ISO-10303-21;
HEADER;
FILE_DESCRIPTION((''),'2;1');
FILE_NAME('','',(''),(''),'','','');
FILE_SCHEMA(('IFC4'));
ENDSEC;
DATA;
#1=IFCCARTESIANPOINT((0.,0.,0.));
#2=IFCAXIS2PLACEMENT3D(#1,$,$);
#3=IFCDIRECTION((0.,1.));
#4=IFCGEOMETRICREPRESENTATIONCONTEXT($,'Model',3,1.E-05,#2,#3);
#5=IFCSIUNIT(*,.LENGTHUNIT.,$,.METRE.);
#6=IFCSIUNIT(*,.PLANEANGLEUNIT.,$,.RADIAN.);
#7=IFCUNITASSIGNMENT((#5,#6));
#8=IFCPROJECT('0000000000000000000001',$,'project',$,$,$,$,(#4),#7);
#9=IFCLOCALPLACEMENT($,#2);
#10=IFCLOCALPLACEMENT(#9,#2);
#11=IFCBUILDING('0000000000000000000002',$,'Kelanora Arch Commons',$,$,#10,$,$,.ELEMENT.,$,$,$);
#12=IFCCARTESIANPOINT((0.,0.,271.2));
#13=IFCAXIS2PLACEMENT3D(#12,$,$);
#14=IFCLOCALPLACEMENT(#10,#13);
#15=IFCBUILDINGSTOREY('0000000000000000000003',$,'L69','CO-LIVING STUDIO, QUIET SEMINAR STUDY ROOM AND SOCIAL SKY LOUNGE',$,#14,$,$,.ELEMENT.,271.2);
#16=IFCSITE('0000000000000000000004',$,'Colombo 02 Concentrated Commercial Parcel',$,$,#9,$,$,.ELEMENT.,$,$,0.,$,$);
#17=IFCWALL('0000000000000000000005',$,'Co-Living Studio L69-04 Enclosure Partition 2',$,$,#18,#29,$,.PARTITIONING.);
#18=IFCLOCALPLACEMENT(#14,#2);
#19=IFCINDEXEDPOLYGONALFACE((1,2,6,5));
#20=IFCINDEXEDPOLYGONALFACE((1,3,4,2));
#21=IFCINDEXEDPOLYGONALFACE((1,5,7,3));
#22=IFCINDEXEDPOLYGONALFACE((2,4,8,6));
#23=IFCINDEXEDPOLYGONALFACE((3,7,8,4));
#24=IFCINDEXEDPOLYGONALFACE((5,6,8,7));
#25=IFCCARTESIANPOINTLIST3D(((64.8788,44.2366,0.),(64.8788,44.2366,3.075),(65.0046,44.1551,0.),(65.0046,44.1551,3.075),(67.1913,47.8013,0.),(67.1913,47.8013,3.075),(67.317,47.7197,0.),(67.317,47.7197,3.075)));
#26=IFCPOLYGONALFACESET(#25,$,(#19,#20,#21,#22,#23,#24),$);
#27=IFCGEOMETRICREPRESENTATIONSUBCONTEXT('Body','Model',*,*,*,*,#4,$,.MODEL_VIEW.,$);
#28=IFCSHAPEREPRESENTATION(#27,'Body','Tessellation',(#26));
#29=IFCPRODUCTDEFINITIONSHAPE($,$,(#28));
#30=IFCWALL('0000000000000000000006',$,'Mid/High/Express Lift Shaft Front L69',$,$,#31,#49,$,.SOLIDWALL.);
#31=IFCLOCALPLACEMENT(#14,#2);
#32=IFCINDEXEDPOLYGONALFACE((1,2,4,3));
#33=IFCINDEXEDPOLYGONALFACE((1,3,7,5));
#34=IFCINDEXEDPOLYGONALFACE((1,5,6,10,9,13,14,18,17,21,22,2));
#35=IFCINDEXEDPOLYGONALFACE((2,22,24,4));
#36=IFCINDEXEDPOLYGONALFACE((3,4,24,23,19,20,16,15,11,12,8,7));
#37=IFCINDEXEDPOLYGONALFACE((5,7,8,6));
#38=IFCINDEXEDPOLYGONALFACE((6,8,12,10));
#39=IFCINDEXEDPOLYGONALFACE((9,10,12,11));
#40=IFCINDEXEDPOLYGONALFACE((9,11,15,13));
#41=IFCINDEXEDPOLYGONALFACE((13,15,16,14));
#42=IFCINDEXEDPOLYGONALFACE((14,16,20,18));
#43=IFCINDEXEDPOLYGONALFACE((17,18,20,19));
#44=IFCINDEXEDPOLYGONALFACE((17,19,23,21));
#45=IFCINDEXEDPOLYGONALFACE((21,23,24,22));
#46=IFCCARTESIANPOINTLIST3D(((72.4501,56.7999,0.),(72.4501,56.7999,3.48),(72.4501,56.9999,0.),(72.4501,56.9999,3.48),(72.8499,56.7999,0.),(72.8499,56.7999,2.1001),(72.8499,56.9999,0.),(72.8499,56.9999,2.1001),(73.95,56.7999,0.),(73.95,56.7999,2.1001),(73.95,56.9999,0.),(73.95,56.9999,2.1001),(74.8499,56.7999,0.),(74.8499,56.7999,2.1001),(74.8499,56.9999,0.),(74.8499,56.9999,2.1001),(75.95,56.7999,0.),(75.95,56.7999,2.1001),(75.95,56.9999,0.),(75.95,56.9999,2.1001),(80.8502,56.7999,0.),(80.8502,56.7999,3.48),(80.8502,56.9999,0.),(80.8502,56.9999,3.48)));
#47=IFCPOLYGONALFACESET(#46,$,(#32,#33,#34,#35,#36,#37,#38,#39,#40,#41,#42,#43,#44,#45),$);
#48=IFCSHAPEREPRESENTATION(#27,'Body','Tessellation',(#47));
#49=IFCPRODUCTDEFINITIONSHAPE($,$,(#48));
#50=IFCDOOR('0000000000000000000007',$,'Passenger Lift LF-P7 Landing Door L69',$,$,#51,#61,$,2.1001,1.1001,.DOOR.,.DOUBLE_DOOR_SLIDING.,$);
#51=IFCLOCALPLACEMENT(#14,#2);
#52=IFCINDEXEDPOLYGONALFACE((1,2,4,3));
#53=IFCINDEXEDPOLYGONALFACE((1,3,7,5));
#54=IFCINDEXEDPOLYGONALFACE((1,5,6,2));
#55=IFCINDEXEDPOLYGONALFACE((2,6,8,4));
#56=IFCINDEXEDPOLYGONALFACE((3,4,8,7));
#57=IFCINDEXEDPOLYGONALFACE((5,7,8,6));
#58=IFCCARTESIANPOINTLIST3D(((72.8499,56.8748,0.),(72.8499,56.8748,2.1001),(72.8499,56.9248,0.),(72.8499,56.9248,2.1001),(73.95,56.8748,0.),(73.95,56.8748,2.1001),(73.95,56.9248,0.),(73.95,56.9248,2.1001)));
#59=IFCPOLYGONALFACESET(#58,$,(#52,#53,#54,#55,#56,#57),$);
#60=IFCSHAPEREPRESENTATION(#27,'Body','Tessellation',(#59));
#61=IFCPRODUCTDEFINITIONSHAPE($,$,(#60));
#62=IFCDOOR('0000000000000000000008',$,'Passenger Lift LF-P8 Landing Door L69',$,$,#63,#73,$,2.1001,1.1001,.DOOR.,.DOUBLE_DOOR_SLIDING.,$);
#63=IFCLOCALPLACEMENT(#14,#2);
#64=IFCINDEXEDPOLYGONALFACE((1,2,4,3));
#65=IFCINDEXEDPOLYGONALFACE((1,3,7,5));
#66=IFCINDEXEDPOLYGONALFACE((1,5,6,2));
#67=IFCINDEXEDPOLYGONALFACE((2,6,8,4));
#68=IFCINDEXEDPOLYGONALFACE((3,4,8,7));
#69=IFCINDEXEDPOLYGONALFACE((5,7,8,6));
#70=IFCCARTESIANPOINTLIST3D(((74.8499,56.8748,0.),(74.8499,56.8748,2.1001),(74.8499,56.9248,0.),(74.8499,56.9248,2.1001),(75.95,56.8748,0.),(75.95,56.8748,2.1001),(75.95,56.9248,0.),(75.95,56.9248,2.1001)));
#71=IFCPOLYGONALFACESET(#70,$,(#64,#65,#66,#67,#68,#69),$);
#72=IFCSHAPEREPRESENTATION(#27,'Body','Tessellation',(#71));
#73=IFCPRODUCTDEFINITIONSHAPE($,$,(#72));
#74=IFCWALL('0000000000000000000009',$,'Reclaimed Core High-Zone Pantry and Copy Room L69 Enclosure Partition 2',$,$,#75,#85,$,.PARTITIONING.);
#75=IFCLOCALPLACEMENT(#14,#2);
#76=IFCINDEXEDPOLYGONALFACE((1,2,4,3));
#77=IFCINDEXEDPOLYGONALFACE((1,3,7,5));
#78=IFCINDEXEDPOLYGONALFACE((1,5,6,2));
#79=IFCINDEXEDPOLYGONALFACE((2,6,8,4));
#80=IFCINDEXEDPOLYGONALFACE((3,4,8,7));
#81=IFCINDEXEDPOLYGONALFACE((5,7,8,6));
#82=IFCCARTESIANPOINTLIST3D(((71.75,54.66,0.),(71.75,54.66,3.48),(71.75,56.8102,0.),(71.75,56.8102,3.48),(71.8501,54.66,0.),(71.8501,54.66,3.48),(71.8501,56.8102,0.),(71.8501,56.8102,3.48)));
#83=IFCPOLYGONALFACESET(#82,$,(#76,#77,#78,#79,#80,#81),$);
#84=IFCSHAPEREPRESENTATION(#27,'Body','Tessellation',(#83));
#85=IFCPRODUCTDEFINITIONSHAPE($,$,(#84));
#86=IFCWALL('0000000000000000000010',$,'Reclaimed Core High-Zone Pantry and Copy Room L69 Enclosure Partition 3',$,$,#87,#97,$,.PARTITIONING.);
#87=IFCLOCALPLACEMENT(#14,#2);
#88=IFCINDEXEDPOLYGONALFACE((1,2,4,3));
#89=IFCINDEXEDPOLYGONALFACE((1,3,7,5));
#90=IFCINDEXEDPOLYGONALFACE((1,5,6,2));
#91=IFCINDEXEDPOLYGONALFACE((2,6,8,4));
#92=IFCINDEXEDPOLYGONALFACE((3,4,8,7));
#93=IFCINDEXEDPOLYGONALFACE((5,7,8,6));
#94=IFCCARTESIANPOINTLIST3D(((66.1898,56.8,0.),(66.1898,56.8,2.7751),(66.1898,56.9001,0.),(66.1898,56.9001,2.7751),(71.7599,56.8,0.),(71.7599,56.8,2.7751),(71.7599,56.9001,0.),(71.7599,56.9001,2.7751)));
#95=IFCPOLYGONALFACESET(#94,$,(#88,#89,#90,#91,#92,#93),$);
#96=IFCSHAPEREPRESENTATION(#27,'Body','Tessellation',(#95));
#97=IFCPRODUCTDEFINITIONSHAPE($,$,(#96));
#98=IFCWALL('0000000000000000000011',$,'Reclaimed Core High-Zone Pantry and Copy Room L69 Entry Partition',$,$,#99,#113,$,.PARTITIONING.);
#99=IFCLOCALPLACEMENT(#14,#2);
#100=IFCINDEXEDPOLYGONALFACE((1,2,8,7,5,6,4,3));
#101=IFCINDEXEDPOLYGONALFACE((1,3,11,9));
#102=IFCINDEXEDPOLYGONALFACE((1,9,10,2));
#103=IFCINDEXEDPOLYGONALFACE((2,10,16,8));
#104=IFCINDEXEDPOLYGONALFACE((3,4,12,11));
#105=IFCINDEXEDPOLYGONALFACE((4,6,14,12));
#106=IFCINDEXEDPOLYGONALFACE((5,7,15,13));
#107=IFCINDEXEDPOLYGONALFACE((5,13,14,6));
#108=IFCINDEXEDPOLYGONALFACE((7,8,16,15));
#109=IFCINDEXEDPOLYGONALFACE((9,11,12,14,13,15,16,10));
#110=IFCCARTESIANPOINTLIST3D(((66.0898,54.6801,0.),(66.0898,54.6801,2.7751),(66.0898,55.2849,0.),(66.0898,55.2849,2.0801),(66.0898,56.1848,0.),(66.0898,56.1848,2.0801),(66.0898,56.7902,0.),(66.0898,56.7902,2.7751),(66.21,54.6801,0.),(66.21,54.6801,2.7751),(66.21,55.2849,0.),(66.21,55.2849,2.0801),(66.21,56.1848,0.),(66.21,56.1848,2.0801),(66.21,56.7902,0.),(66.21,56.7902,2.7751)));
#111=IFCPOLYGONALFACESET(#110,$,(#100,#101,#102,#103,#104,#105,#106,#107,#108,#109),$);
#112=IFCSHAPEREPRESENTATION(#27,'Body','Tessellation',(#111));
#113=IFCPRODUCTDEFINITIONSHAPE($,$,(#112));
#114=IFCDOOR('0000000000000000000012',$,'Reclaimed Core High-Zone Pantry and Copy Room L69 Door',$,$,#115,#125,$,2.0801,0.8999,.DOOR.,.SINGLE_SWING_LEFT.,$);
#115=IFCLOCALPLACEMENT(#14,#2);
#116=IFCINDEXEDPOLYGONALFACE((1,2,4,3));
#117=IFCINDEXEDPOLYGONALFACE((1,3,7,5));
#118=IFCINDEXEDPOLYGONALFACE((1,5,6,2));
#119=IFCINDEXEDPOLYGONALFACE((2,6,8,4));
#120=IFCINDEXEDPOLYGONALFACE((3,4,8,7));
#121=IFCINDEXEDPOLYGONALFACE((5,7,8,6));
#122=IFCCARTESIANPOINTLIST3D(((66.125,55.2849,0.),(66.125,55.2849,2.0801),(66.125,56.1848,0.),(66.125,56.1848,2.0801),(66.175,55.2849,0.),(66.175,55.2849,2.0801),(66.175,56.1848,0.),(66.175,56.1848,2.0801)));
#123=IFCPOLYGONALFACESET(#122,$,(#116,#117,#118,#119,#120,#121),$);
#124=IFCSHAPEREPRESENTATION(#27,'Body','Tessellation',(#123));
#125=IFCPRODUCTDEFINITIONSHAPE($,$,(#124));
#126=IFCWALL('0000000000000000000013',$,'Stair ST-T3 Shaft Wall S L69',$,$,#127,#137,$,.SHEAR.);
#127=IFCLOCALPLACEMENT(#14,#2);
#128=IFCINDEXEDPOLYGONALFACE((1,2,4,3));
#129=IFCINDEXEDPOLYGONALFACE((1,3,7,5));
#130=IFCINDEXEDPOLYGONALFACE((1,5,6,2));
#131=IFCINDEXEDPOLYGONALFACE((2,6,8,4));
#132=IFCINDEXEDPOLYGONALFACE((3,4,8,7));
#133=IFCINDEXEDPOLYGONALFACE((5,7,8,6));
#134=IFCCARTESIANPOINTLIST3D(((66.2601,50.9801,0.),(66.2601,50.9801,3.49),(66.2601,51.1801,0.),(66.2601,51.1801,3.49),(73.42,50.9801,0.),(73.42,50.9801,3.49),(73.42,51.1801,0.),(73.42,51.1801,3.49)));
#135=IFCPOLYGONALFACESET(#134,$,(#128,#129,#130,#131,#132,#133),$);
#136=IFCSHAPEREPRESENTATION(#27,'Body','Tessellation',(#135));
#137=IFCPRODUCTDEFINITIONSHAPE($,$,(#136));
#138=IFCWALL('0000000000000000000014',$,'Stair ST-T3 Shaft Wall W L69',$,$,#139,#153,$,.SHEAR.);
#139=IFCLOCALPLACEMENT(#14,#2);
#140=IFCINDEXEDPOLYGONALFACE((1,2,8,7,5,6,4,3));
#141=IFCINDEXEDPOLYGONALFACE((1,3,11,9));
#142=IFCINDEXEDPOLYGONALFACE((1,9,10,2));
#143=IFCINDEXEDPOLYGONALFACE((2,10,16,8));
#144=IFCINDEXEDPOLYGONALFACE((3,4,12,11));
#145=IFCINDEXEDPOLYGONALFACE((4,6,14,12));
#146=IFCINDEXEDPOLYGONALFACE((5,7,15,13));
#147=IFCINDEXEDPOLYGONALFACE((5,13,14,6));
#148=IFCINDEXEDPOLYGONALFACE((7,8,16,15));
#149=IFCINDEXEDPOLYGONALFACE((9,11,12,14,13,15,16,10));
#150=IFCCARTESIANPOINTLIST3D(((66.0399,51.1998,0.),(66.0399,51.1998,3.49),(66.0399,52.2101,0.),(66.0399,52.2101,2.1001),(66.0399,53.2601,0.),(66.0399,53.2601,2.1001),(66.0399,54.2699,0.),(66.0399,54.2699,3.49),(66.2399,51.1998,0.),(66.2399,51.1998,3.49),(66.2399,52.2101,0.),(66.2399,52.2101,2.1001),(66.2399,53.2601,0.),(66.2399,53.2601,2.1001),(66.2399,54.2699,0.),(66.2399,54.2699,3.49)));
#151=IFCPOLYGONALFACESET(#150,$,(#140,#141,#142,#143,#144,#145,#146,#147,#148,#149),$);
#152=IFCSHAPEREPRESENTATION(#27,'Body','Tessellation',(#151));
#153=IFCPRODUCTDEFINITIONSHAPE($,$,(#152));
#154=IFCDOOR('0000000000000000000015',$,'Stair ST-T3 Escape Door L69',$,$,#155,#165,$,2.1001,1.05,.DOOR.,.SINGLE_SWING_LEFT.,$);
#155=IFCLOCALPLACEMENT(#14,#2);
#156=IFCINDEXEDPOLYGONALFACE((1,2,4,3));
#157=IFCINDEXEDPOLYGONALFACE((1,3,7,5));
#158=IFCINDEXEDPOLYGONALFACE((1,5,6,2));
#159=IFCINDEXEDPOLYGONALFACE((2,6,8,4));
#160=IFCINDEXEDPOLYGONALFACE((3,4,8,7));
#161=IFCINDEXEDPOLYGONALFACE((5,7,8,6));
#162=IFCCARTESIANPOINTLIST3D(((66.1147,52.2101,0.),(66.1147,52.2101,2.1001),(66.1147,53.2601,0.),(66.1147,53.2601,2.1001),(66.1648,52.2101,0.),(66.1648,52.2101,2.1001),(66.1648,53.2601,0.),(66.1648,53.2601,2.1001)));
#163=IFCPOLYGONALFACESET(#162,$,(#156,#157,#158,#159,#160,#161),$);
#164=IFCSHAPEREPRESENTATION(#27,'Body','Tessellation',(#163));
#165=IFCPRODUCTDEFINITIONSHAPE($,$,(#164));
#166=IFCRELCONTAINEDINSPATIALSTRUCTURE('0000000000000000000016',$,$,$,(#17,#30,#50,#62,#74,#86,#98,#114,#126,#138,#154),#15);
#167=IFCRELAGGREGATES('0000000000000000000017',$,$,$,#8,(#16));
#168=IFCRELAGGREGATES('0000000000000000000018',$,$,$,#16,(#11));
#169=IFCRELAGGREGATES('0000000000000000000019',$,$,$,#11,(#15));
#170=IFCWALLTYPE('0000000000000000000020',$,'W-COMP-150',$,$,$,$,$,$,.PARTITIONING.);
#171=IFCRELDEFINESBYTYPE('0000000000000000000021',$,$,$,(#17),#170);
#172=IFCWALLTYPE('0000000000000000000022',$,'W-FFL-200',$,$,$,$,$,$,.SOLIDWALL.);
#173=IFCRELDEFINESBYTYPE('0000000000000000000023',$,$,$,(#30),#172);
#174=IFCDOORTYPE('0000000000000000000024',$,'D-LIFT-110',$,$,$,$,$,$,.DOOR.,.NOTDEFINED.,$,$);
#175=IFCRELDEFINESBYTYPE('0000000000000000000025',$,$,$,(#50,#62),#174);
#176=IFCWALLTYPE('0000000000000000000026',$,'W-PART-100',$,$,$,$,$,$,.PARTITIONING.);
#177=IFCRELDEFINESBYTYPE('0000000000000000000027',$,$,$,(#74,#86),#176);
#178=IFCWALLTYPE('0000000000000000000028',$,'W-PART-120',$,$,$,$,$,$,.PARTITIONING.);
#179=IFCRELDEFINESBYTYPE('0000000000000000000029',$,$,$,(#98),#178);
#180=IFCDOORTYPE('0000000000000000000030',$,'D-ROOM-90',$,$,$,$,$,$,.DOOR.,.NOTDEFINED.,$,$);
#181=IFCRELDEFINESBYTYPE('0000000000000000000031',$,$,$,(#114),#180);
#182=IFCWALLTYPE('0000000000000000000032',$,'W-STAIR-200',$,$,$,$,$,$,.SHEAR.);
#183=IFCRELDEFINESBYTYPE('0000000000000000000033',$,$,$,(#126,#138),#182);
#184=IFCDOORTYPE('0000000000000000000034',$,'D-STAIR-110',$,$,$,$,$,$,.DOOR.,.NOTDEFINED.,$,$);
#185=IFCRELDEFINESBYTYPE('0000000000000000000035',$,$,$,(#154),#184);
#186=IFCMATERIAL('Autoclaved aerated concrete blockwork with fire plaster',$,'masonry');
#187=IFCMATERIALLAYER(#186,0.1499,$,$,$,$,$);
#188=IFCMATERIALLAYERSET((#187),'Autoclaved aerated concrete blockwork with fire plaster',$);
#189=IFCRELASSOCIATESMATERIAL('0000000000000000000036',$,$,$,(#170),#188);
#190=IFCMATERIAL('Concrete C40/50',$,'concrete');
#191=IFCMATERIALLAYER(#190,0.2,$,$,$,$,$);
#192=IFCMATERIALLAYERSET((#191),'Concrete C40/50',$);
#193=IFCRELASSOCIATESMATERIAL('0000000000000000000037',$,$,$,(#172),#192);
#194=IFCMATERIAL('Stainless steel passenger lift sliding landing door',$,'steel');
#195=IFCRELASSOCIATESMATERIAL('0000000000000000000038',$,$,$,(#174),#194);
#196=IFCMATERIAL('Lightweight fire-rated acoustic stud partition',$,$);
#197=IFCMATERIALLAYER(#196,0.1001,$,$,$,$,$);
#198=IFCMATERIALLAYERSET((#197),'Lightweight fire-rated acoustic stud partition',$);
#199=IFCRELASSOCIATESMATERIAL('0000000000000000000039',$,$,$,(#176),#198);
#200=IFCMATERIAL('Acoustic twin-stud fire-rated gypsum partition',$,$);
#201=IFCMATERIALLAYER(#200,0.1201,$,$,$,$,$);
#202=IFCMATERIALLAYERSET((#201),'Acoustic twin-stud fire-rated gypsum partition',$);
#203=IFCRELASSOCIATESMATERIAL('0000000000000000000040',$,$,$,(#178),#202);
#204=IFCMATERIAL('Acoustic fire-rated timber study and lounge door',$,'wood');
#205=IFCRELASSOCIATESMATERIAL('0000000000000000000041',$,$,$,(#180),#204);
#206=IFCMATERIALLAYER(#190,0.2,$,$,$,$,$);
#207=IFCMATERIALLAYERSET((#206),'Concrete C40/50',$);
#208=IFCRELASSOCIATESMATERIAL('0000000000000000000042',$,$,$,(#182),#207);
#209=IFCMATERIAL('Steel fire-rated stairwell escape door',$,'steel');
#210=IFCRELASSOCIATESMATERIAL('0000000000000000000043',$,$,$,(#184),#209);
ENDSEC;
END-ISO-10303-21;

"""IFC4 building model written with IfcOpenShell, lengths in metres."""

from ifc_helpers import new_model, si_unit, direction, frame, frame_2d, origin, place, context, subcontext, project, spatial, rectangle, extrude, material, layer, layer_set, type_object, element, fill, save


model = new_model("IFC4")

# Units and contexts
model_context = context("Model", 3, precision=1e-05, world=origin(), true_north=direction((0.0, 1.0)))
body_context = subcontext(model_context, "Body", "Model", "MODEL_VIEW")
ifc_project = project(units=[si_unit("LENGTHUNIT", "METRE"), si_unit("PLANEANGLEUNIT", "RADIAN")], contexts=[model_context])

# Site, building, storey
site_placement = place(None, origin())
site = spatial("IfcSite", under=ifc_project, at=site_placement, Name="Colombo 02 Concentrated Commercial Parcel", CompositionType="ELEMENT", RefElevation=0.0)
building_placement = place(site_placement, origin())
building = spatial("IfcBuilding", under=site, at=building_placement, Name="Kelanora Arch Commons", CompositionType="ELEMENT")
storey_placement = place(building_placement, frame((0.0, 0.0, 271.2)))
storey = spatial("IfcBuildingStorey", under=building, at=storey_placement, Name="L69", Description="CO-LIVING STUDIO, QUIET SEMINAR STUDY ROOM AND SOCIAL SKY LOUNGE", CompositionType="ELEMENT", Elevation=271.2)

# Shared definitions
ifc_material_1 = material(Name="Autoclaved aerated concrete blockwork with fire plaster", Category="masonry")
ifc_layer_1 = layer(ifc_material_1, 0.1499)
ifc_layer_set_1 = layer_set([ifc_layer_1], Name="Autoclaved aerated concrete blockwork with fire plaster")
wall_type_1 = type_object("IfcWallType", Name="W-COMP-150", PredefinedType="PARTITIONING", material=ifc_layer_set_1)

# Wall
wall_1_placement = place(storey_placement, frame((67.2542, 47.7605, 0.0), z_axis=(0.0, 0.0, 1.0), x_axis=(-0.544235, -0.838933, 0.0)))
element("IfcWall", 1, at=wall_1_placement, inside=storey, type_object=wall_type_1, Name="Co-Living Studio L69-04 Enclosure Partition 2", PredefinedType="PARTITIONING", context=body_context, shape_type="SweptSolid", body=[
    extrude(rectangle(XDim=4.249, YDim=0.1499, at=frame_2d((2.1245, 0.0))), origin(), (0.0, 0.0, 1.0), 3.075),
])

# Wall, openings, doors
ifc_material_2 = material(Name="Concrete C40/50", Category="concrete")
ifc_layer_2 = layer(ifc_material_2, 0.2)
ifc_layer_set_2 = layer_set([ifc_layer_2], Name="Concrete C40/50")
wall_type_2 = type_object("IfcWallType", Name="W-FFL-200", PredefinedType="SOLIDWALL", material=ifc_layer_set_2)
wall_2_placement = place(storey_placement, frame((72.45, 56.8999, 0.0), z_axis=(0.0, 0.0, 1.0), x_axis=(1.0, 0.0, 0.0)))
wall_2 = element("IfcWall", 2, at=wall_2_placement, inside=storey, type_object=wall_type_2, Name="Mid/High/Express Lift Shaft Front L69", PredefinedType="SOLIDWALL", context=body_context, shape_type="SweptSolid", body=[
    extrude(rectangle(XDim=8.4001, YDim=0.2, at=frame_2d((4.2002, 0.0))), origin(), (0.0, 0.0, 1.0), 3.48),
])
opening_1_placement = place(wall_2_placement, frame((0.3999, 0.0, 0.0)))
opening_1 = element("IfcOpeningElement", 3, at=opening_1_placement, cuts=wall_2, PredefinedType="OPENING", context=body_context, shape_type="SweptSolid", body=[
    extrude(rectangle(XDim=1.1001, YDim=2.1001, at=frame_2d((0.55, 1.05))), frame((0.0, 0.1099, 0.0), z_axis=(0.0, -1.0, 0.0), x_axis=(1.0, 0.0, 0.0)), (0.0, 0.0, 1.0), 0.22),
])
opening_2_placement = place(wall_2_placement, frame((2.3999, 0.0, 0.0)))
opening_2 = element("IfcOpeningElement", 4, at=opening_2_placement, cuts=wall_2, PredefinedType="OPENING", context=body_context, shape_type="SweptSolid", body=[
    extrude(rectangle(XDim=1.1001, YDim=2.1001, at=frame_2d((0.55, 1.05))), frame((0.0, 0.1099, 0.0), z_axis=(0.0, -1.0, 0.0), x_axis=(1.0, 0.0, 0.0)), (0.0, 0.0, 1.0), 0.22),
])
ifc_material_3 = material(Name="Stainless steel passenger lift sliding landing door", Category="steel")
door_type_1 = type_object("IfcDoorType", Name="D-LIFT-110", OperationType="NOTDEFINED", PredefinedType="DOOR", material=ifc_material_3)
door_1_placement = place(opening_1_placement, origin())
door_1 = element("IfcDoor", 5, at=door_1_placement, inside=storey, type_object=door_type_1, Name="Passenger Lift LF-P7 Landing Door L69", OperationType="DOUBLE_DOOR_SLIDING", OverallHeight=2.1001, OverallWidth=1.1001, PredefinedType="DOOR", context=body_context, shape_type="SweptSolid", body=[
    extrude(rectangle(XDim=1.1001, YDim=2.1001, at=frame_2d((0.55, 1.05))), frame((0.0, 0.0249, 0.0), z_axis=(0.0, -1.0, 0.0), x_axis=(1.0, 0.0, 0.0)), (0.0, 0.0, 1.0), 0.05),
])
fill(opening_1, door_1)
door_2_placement = place(opening_2_placement, origin())
door_2 = element("IfcDoor", 6, at=door_2_placement, inside=storey, type_object=door_type_1, Name="Passenger Lift LF-P8 Landing Door L69", OperationType="DOUBLE_DOOR_SLIDING", OverallHeight=2.1001, OverallWidth=1.1001, PredefinedType="DOOR", context=body_context, shape_type="SweptSolid", body=[
    extrude(rectangle(XDim=1.1001, YDim=2.1001, at=frame_2d((0.55, 1.05))), frame((0.0, 0.0249, 0.0), z_axis=(0.0, -1.0, 0.0), x_axis=(1.0, 0.0, 0.0)), (0.0, 0.0, 1.0), 0.05),
])
fill(opening_2, door_2)

# Walls
ifc_material_4 = material(Name="Lightweight fire-rated acoustic stud partition")
ifc_layer_3 = layer(ifc_material_4, 0.1001)
ifc_layer_set_3 = layer_set([ifc_layer_3], Name="Lightweight fire-rated acoustic stud partition")
wall_type_3 = type_object("IfcWallType", Name="W-PART-100", PredefinedType="PARTITIONING", material=ifc_layer_set_3)
wall_3_placement = place(storey_placement, frame((71.8, 54.6599, 0.0), z_axis=(0.0, 0.0, 1.0), x_axis=(0.0, 1.0, 0.0)))
element("IfcWall", 7, at=wall_3_placement, inside=storey, type_object=wall_type_3, Name="Reclaimed Core High-Zone Pantry and Copy Room L69 Enclosure Partition 2", PredefinedType="PARTITIONING", context=body_context, shape_type="SweptSolid", body=[
    extrude(rectangle(XDim=2.1501, YDim=0.1001, at=frame_2d((1.0752, 0.0))), origin(), (0.0, 0.0, 1.0), 3.48),
])
wall_4_placement = place(storey_placement, frame((71.76, 56.8501, 0.0), z_axis=(0.0, 0.0, 1.0), x_axis=(-1.0, 0.0, 0.0)))
element("IfcWall", 8, at=wall_4_placement, inside=storey, type_object=wall_type_3, Name="Reclaimed Core High-Zone Pantry and Copy Room L69 Enclosure Partition 3", PredefinedType="PARTITIONING", context=body_context, shape_type="SweptSolid", body=[
    extrude(rectangle(XDim=5.5701, YDim=0.1001, at=frame_2d((2.7852, 0.0))), origin(), (0.0, 0.0, 1.0), 2.7751),
])

# Wall, opening, door
ifc_material_5 = material(Name="Acoustic twin-stud fire-rated gypsum partition")
ifc_layer_4 = layer(ifc_material_5, 0.1201)
ifc_layer_set_4 = layer_set([ifc_layer_4], Name="Acoustic twin-stud fire-rated gypsum partition")
wall_type_4 = type_object("IfcWallType", Name="W-PART-120", PredefinedType="PARTITIONING", material=ifc_layer_set_4)
wall_5_placement = place(storey_placement, frame((66.1499, 54.6799, 0.0), z_axis=(0.0, 0.0, 1.0), x_axis=(0.0, 1.0, 0.0)))
wall_5 = element("IfcWall", 9, at=wall_5_placement, inside=storey, type_object=wall_type_4, Name="Reclaimed Core High-Zone Pantry and Copy Room L69 Entry Partition", PredefinedType="PARTITIONING", context=body_context, shape_type="SweptSolid", body=[
    extrude(rectangle(XDim=2.1101, YDim=0.1201, at=frame_2d((1.0552, 0.0))), origin(), (0.0, 0.0, 1.0), 2.7751),
])
opening_3_placement = place(wall_5_placement, frame((0.605, 0.0, 0.0)))
opening_3 = element("IfcOpeningElement", 10, at=opening_3_placement, cuts=wall_5, PredefinedType="OPENING", context=body_context, shape_type="SweptSolid", body=[
    extrude(rectangle(XDim=0.8999, YDim=2.0801, at=frame_2d((0.45, 1.04))), frame((0.0, 0.0701, 0.0), z_axis=(0.0, -1.0, 0.0), x_axis=(1.0, 0.0, 0.0)), (0.0, 0.0, 1.0), 0.1401),
])
ifc_material_6 = material(Name="Acoustic fire-rated timber study and lounge door", Category="wood")
door_type_2 = type_object("IfcDoorType", Name="D-ROOM-90", OperationType="NOTDEFINED", PredefinedType="DOOR", material=ifc_material_6)
door_3_placement = place(opening_3_placement, origin())
door_3 = element("IfcDoor", 11, at=door_3_placement, inside=storey, type_object=door_type_2, Name="Reclaimed Core High-Zone Pantry and Copy Room L69 Door", OperationType="SINGLE_SWING_LEFT", OverallHeight=2.0801, OverallWidth=0.8999, PredefinedType="DOOR", context=body_context, shape_type="SweptSolid", body=[
    extrude(rectangle(XDim=0.8999, YDim=2.0801, at=frame_2d((0.45, 1.04))), frame((0.0, 0.0249, 0.0), z_axis=(0.0, -1.0, 0.0), x_axis=(1.0, 0.0, 0.0)), (0.0, 0.0, 1.0), 0.05),
])
fill(opening_3, door_3)

# Wall
ifc_layer_5 = layer(ifc_material_2, 0.2)
ifc_layer_set_5 = layer_set([ifc_layer_5], Name="Concrete C40/50")
wall_type_5 = type_object("IfcWallType", Name="W-STAIR-200", PredefinedType="SHEAR", material=ifc_layer_set_5)
wall_6_placement = place(storey_placement, frame((66.26, 51.0801, 0.0), z_axis=(0.0, 0.0, 1.0), x_axis=(1.0, 0.0, 0.0)))
element("IfcWall", 12, at=wall_6_placement, inside=storey, type_object=wall_type_5, Name="Stair ST-T3 Shaft Wall S L69", PredefinedType="SHEAR", context=body_context, shape_type="SweptSolid", body=[
    extrude(rectangle(XDim=7.1599, YDim=0.2, at=frame_2d((3.5801, 0.0))), origin(), (0.0, 0.0, 1.0), 3.49),
])

# Wall, opening, door
wall_7_placement = place(storey_placement, frame((66.1399, 54.27, 0.0), z_axis=(0.0, 0.0, 1.0), x_axis=(0.0, -1.0, 0.0)))
wall_7 = element("IfcWall", 13, at=wall_7_placement, inside=storey, type_object=wall_type_5, Name="Stair ST-T3 Shaft Wall W L69", PredefinedType="SHEAR", context=body_context, shape_type="SweptSolid", body=[
    extrude(rectangle(XDim=3.0701, YDim=0.2, at=frame_2d((1.5352, 0.0))), origin(), (0.0, 0.0, 1.0), 3.49),
])
opening_4_placement = place(wall_7_placement, frame((1.01, 0.0, 0.0)))
opening_4 = element("IfcOpeningElement", 14, at=opening_4_placement, cuts=wall_7, PredefinedType="OPENING", context=body_context, shape_type="SweptSolid", body=[
    extrude(rectangle(XDim=1.05, YDim=2.1001, at=frame_2d((0.5249, 1.05))), frame((0.0, 0.1099, 0.0), z_axis=(0.0, -1.0, 0.0), x_axis=(1.0, 0.0, 0.0)), (0.0, 0.0, 1.0), 0.22),
])
ifc_material_7 = material(Name="Steel fire-rated stairwell escape door", Category="steel")
door_type_3 = type_object("IfcDoorType", Name="D-STAIR-110", OperationType="NOTDEFINED", PredefinedType="DOOR", material=ifc_material_7)
door_4_placement = place(opening_4_placement, origin())
door_4 = element("IfcDoor", 15, at=door_4_placement, inside=storey, type_object=door_type_3, Name="Stair ST-T3 Escape Door L69", OperationType="SINGLE_SWING_LEFT", OverallHeight=2.1001, OverallWidth=1.05, PredefinedType="DOOR", context=body_context, shape_type="SweptSolid", body=[
    extrude(rectangle(XDim=1.05, YDim=2.1001, at=frame_2d((0.5249, 1.05))), frame((0.0, 0.0249, 0.0), z_axis=(0.0, -1.0, 0.0), x_axis=(1.0, 0.0, 0.0)), (0.0, 0.0, 1.0), 0.05),
])
fill(opening_4, door_4)

save(model, "model.ifc")
